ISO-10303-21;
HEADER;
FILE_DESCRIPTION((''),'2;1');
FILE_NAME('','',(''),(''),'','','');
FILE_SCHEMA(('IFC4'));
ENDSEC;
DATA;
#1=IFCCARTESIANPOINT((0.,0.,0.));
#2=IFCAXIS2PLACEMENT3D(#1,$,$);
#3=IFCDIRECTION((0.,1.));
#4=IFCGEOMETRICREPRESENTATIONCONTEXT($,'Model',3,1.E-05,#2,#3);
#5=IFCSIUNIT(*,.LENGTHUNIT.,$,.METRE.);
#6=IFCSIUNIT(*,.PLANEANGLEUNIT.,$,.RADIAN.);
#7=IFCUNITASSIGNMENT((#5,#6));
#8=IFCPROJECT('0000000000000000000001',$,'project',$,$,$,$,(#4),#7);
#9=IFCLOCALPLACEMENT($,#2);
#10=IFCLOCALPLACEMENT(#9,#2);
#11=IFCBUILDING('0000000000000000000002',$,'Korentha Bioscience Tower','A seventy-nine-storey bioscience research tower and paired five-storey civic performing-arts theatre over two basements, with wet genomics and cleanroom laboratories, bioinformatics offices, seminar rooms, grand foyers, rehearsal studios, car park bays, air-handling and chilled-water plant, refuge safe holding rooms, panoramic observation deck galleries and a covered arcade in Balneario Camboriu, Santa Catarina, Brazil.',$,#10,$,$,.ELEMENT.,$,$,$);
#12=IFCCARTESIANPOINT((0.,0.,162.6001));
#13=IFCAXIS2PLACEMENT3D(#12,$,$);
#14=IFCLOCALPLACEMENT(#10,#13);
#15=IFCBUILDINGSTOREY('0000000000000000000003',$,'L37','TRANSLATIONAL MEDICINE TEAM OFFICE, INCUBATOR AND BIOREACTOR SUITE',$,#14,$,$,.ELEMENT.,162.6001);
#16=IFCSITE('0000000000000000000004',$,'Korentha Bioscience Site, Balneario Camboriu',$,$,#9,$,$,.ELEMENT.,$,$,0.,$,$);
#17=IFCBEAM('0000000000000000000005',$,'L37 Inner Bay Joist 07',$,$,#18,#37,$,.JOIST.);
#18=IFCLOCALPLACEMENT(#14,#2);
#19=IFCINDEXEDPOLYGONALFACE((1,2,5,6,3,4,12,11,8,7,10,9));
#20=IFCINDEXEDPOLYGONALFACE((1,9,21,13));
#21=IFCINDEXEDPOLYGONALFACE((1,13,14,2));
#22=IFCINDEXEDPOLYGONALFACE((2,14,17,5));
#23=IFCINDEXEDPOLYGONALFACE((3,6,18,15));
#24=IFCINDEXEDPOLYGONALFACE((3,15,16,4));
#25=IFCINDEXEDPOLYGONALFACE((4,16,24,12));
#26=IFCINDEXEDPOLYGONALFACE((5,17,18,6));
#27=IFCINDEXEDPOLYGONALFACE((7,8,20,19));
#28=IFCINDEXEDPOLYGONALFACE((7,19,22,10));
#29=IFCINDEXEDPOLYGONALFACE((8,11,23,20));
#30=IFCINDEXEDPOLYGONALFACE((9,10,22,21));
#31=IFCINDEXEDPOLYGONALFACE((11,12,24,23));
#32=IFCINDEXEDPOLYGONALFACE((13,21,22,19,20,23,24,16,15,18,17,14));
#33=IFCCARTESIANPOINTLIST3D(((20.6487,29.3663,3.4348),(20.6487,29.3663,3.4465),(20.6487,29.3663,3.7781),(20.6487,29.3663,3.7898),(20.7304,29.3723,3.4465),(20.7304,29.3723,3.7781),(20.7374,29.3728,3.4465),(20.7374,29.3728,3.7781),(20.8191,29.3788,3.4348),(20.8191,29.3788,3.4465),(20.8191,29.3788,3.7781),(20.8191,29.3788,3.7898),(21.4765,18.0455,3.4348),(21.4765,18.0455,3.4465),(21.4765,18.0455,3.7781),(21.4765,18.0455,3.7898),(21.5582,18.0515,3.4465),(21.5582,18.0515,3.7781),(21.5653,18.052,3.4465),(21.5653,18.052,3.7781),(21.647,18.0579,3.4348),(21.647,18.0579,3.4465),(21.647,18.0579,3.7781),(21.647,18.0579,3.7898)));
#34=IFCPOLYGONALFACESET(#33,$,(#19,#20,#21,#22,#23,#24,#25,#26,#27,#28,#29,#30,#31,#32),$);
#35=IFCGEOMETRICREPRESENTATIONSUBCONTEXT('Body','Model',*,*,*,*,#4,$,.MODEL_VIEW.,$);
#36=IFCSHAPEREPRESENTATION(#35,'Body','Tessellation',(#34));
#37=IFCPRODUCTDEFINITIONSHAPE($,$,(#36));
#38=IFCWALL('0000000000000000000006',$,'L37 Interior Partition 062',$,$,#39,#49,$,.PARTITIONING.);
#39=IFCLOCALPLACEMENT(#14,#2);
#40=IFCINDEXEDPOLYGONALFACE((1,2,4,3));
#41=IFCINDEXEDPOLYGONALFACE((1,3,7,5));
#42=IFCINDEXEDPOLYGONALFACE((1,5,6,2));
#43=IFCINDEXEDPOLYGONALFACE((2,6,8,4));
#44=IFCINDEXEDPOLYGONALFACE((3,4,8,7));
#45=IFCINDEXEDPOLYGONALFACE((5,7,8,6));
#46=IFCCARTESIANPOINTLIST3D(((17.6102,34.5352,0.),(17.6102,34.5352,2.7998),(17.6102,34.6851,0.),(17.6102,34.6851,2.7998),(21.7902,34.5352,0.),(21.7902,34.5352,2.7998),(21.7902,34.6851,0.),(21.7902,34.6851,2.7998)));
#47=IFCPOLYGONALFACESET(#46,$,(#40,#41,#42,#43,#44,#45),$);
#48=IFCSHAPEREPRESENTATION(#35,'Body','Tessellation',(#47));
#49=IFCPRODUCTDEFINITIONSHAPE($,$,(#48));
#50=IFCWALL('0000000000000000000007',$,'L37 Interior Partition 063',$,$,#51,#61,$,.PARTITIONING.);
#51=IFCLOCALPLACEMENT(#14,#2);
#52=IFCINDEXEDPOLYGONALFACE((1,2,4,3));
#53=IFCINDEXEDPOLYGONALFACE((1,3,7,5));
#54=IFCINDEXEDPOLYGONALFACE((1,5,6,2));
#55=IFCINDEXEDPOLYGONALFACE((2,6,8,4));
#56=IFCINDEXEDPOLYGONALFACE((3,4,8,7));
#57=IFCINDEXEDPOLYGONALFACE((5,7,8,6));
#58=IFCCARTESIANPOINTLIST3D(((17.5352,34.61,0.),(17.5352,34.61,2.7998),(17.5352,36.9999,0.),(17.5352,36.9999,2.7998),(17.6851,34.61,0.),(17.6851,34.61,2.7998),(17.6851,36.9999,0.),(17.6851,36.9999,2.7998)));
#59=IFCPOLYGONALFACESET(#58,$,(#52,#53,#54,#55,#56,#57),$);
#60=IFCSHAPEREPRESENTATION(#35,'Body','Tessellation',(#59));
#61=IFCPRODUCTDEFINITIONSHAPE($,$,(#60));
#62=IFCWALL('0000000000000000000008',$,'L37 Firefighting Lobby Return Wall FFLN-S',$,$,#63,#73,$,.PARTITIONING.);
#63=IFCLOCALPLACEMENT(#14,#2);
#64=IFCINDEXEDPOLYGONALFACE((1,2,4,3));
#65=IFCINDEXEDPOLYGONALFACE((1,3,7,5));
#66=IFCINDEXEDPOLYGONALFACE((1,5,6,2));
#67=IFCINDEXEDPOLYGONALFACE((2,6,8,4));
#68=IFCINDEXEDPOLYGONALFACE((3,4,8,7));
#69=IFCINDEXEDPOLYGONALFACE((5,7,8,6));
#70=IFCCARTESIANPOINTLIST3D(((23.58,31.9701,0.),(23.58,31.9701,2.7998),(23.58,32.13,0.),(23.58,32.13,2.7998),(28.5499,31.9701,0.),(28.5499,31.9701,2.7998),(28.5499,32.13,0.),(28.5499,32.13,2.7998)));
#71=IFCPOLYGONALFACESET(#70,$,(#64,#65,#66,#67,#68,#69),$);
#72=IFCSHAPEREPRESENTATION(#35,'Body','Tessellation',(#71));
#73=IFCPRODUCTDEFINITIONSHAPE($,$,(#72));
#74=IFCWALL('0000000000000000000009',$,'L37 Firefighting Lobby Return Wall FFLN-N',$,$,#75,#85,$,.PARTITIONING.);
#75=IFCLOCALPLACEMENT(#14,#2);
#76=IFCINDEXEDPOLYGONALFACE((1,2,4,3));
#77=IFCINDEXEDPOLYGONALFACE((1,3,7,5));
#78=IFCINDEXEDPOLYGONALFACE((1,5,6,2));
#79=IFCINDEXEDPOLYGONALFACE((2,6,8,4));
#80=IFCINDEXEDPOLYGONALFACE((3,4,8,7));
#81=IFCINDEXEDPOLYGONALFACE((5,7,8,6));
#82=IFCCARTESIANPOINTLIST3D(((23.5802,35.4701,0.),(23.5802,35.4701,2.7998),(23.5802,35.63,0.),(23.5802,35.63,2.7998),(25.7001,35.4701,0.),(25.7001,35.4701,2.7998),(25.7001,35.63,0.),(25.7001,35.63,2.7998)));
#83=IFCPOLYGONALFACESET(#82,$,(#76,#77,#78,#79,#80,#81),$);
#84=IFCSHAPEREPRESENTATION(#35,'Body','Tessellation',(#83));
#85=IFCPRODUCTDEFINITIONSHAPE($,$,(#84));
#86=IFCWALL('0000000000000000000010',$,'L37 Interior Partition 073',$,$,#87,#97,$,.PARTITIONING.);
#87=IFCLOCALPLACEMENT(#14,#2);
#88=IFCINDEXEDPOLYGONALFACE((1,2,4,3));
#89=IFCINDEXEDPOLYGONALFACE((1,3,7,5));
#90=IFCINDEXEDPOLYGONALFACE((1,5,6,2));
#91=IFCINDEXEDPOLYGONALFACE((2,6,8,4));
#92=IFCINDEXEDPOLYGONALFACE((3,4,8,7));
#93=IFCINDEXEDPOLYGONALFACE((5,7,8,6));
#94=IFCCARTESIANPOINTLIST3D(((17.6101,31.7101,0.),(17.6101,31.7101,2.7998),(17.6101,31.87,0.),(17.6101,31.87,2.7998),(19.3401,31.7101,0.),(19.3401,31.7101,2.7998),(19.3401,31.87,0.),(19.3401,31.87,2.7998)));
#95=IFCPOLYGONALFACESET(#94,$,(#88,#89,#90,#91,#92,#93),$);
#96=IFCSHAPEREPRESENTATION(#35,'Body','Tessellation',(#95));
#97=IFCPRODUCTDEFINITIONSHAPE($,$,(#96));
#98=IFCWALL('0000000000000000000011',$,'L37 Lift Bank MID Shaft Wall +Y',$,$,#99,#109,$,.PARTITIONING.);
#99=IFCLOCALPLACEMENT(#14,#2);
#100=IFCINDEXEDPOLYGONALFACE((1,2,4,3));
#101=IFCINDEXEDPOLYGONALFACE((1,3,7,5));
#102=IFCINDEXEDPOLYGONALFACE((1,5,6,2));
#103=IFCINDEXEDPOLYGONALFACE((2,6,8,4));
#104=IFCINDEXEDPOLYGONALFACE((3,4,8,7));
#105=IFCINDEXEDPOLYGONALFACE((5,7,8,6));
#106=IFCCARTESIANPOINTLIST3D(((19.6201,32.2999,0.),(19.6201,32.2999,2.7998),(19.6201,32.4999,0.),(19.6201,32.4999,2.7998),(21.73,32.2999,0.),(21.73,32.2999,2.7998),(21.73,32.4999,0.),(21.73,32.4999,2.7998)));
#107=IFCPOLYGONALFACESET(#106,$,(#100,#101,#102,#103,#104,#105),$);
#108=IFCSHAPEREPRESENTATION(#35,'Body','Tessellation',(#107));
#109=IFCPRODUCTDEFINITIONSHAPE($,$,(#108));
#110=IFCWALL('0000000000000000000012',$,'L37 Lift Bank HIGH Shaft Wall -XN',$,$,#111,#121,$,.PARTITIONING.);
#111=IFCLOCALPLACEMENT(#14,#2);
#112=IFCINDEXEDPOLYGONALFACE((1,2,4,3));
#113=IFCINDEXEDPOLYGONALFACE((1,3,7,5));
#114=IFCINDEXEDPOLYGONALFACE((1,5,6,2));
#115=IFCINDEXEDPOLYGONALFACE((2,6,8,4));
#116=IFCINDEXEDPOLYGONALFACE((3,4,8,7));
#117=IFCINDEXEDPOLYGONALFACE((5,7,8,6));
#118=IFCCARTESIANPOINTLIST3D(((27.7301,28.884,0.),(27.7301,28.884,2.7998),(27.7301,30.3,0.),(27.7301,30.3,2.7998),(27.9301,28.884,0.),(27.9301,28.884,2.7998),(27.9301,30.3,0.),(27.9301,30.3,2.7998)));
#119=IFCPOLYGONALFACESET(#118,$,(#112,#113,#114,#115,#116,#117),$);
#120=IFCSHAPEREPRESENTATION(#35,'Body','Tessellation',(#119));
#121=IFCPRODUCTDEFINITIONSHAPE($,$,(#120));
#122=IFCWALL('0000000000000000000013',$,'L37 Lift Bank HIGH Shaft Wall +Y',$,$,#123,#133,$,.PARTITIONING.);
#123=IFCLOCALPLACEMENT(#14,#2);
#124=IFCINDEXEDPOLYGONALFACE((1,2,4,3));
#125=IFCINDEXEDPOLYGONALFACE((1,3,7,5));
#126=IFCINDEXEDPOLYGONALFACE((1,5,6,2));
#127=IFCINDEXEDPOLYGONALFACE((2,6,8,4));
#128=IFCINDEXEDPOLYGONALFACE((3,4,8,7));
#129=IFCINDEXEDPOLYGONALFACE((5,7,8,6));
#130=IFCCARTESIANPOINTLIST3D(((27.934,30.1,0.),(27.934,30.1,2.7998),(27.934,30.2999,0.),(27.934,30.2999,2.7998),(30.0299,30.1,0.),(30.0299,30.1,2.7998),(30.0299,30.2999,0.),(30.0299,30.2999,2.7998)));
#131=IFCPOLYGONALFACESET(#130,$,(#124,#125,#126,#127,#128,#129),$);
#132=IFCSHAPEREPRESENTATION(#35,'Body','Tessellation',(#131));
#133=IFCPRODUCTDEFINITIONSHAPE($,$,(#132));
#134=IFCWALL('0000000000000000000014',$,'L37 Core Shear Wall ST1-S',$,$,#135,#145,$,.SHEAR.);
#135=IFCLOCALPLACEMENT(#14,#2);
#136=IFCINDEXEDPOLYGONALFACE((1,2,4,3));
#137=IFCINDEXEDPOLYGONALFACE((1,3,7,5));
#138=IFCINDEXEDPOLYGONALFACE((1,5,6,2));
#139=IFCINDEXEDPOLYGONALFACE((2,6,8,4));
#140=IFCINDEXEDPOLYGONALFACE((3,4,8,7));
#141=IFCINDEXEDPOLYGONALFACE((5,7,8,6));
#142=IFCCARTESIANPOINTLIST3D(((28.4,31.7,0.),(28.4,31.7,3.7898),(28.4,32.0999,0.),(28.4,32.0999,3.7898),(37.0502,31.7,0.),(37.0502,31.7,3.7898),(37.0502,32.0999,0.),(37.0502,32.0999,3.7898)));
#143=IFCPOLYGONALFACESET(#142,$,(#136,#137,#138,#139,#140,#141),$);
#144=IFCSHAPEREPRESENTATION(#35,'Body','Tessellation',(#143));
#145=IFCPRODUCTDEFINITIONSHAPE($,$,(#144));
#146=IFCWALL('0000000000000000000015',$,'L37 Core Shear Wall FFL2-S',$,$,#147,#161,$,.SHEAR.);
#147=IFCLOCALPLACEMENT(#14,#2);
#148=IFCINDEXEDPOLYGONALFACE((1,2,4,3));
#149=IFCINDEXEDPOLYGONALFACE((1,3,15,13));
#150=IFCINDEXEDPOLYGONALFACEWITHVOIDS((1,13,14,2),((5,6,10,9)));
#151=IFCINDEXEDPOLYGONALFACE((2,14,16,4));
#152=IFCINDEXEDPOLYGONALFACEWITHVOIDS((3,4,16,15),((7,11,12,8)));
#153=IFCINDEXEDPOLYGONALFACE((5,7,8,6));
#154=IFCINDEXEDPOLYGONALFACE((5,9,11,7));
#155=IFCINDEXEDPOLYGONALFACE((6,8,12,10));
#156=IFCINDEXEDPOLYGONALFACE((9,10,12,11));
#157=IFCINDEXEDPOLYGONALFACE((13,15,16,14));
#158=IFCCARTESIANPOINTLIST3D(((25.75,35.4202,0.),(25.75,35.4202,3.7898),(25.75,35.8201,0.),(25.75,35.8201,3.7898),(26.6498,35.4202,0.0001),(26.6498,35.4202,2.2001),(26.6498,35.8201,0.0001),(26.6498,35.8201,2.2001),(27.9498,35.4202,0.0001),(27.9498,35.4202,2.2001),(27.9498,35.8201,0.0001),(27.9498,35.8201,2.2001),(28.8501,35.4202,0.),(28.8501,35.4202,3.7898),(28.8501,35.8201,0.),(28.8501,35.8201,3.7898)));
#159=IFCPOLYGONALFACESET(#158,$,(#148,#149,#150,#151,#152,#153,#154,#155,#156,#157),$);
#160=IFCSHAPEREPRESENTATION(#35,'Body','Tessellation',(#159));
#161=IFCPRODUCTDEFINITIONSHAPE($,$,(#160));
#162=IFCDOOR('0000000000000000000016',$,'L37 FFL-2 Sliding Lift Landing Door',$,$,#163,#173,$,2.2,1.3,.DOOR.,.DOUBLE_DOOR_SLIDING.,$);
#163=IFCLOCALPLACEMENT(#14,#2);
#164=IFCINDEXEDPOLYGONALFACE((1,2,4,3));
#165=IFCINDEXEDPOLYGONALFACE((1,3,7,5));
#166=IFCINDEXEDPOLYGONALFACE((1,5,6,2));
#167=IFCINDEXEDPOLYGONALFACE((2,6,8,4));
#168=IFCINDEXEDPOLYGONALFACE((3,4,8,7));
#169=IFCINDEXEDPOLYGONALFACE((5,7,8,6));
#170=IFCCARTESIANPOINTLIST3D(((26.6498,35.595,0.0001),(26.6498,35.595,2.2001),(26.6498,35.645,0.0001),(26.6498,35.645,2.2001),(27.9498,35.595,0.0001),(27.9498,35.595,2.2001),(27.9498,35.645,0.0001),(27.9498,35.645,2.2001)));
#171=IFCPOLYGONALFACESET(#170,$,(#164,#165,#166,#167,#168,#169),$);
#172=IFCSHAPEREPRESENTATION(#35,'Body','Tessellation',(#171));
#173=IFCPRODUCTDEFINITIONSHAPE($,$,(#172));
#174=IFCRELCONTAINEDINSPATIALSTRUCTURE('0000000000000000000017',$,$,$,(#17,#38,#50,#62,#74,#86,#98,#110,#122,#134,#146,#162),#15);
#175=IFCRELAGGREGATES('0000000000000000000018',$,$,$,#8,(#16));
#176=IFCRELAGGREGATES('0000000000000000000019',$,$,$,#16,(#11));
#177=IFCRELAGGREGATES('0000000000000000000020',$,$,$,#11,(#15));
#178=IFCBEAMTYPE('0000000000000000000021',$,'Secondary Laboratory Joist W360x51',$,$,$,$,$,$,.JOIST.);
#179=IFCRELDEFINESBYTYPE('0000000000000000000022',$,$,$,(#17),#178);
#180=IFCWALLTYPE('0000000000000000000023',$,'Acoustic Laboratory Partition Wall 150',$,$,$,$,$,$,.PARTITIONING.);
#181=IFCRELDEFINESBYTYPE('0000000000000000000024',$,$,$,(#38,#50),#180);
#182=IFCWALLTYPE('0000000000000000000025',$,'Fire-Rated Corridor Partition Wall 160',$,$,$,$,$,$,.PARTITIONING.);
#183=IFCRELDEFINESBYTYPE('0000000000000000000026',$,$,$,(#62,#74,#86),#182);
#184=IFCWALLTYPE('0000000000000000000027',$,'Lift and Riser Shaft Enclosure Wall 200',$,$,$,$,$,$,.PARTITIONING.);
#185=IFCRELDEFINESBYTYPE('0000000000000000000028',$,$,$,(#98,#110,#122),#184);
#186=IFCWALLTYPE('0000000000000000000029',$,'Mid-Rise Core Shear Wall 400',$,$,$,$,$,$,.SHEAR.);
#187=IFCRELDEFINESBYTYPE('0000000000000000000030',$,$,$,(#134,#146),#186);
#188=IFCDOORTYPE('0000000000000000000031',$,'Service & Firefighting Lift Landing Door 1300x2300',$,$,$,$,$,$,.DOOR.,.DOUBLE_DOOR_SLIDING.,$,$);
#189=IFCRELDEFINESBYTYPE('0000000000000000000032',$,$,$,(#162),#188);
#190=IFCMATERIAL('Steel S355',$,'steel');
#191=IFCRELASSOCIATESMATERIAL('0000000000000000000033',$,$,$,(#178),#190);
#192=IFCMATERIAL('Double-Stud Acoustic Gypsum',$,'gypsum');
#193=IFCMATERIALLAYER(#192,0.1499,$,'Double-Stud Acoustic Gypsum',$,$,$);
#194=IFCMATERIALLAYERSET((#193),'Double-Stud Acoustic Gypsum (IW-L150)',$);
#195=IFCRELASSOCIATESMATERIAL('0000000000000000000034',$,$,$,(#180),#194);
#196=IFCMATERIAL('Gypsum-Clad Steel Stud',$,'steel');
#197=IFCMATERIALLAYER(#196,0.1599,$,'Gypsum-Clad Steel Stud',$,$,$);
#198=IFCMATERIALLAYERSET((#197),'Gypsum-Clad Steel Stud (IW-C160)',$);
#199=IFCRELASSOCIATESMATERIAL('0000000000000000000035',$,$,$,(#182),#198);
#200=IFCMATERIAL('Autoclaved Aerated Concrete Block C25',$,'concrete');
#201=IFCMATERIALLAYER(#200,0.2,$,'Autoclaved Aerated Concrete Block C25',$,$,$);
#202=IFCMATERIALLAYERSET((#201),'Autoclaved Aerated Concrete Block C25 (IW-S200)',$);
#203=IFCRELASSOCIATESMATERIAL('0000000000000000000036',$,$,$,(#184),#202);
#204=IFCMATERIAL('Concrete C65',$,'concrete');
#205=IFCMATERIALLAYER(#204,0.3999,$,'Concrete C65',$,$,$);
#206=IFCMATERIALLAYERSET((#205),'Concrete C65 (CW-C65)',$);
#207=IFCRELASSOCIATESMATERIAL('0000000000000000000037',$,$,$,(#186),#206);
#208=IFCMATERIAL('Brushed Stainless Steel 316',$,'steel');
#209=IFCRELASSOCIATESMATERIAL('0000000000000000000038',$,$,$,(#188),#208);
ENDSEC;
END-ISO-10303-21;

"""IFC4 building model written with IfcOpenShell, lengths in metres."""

from ifc_helpers import new_model, si_unit, direction, frame, frame_2d, origin, origin_2d, place, context, subcontext, project, spatial, rectangle, i_section, extrude, material, layer, layer_set, material_profile, profile_set, type_object, element, fill, save


model = new_model("IFC4")

# Units and contexts
model_context = context("Model", 3, precision=1e-05, world=origin(), true_north=direction((0.0, 1.0)))
body_context = subcontext(model_context, "Body", "Model", "MODEL_VIEW")
ifc_project = project(units=[si_unit("LENGTHUNIT", "METRE"), si_unit("PLANEANGLEUNIT", "RADIAN")], contexts=[model_context])

# Site, building, storey
site_placement = place(None, origin())
site = spatial("IfcSite", under=ifc_project, at=site_placement, Name="Korentha Bioscience Site, Balneario Camboriu", CompositionType="ELEMENT", RefElevation=0.0)
building_placement = place(site_placement, origin())
building = spatial("IfcBuilding", under=site, at=building_placement, Name="Korentha Bioscience Tower", Description="A seventy-nine-storey bioscience research tower and paired five-storey civic performing-arts theatre over two basements, with wet genomics and cleanroom laboratories, bioinformatics offices, seminar rooms, grand foyers, rehearsal studios, car park bays, air-handling and chilled-water plant, refuge safe holding rooms, panoramic observation deck galleries and a covered arcade in Balneario Camboriu, Santa Catarina, Brazil.", CompositionType="ELEMENT")
storey_placement = place(building_placement, frame((0.0, 0.0, 162.6001)))
storey = spatial("IfcBuildingStorey", under=building, at=storey_placement, Name="L37", Description="TRANSLATIONAL MEDICINE TEAM OFFICE, INCUBATOR AND BIOREACTOR SUITE", CompositionType="ELEMENT", Elevation=162.6001)

# Shared definitions
ifc_material_1 = material(Name="Concrete C65", Category="concrete")

# Beam
ifc_material_2 = material(Name="Steel S355", Category="steel")
ifc_material_profile_1 = material_profile(ifc_material_2, i_section(OverallWidth=0.1709, OverallDepth=0.355, WebThickness=0.0071, FlangeThickness=0.0117, at=origin_2d()), Name="Steel S355")
ifc_profile_set_1 = profile_set([ifc_material_profile_1], Name="Steel S355 (JB-360)")
beam_type_1 = type_object("IfcBeamType", Name="Secondary Laboratory Joist W360x51", PredefinedType="JOIST", material=ifc_profile_set_1)
beam_1_placement = place(storey_placement, frame((20.7339, 29.3726, 3.6123), z_axis=(0.072934, -0.997337, 0.0), x_axis=(0.997337, 0.072934, 0.0)))
element("IfcBeam", 1, at=beam_1_placement, inside=storey, type_object=beam_type_1, Name="L37 Inner Bay Joist 07", PredefinedType="JOIST", context=body_context, shape_type="SweptSolid", body=[
    extrude(i_section(OverallWidth=0.1709, OverallDepth=0.355, WebThickness=0.0071, FlangeThickness=0.0117, at=origin_2d()), origin(), (0.0, 0.0, 1.0), 11.3511),
])

# Walls
ifc_material_3 = material(Name="Double-Stud Acoustic Gypsum", Category="gypsum")
ifc_layer_1 = layer(ifc_material_3, 0.1499, Name="Double-Stud Acoustic Gypsum")
ifc_layer_set_1 = layer_set([ifc_layer_1], Name="Double-Stud Acoustic Gypsum (IW-L150)")
wall_type_1 = type_object("IfcWallType", Name="Acoustic Laboratory Partition Wall 150", PredefinedType="PARTITIONING", material=ifc_layer_set_1)
wall_1_placement = place(storey_placement, frame((21.79, 34.6101, 0.0), z_axis=(0.0, 0.0, 1.0), x_axis=(-1.0, 0.0, 0.0)))
element("IfcWall", 2, at=wall_1_placement, inside=storey, type_object=wall_type_1, Name="L37 Interior Partition 062", PredefinedType="PARTITIONING", context=body_context, shape_type="SweptSolid", body=[
    extrude(rectangle(XDim=4.1799, YDim=0.1499, at=frame_2d((2.0898, 0.0))), origin(), (0.0, 0.0, 1.0), 2.7998),
])
wall_2_placement = place(storey_placement, frame((17.6101, 34.6101, 0.0), z_axis=(0.0, 0.0, 1.0), x_axis=(0.0, 1.0, 0.0)))
element("IfcWall", 3, at=wall_2_placement, inside=storey, type_object=wall_type_1, Name="L37 Interior Partition 063", PredefinedType="PARTITIONING", context=body_context, shape_type="SweptSolid", body=[
    extrude(rectangle(XDim=2.3899, YDim=0.1499, at=frame_2d((1.1948, 0.0))), origin(), (0.0, 0.0, 1.0), 2.7998),
])

# Shared definitions
ifc_material_4 = material(Name="Gypsum-Clad Steel Stud", Category="steel")
ifc_layer_2 = layer(ifc_material_4, 0.1599, Name="Gypsum-Clad Steel Stud")
ifc_layer_set_2 = layer_set([ifc_layer_2], Name="Gypsum-Clad Steel Stud (IW-C160)")
wall_type_2 = type_object("IfcWallType", Name="Fire-Rated Corridor Partition Wall 160", PredefinedType="PARTITIONING", material=ifc_layer_set_2)

# Walls
wall_3_placement = place(storey_placement, frame((23.5801, 32.05, 0.0), z_axis=(0.0, 0.0, 1.0), x_axis=(1.0, 0.0, 0.0)))
element("IfcWall", 4, at=wall_3_placement, inside=storey, type_object=wall_type_2, Name="L37 Firefighting Lobby Return Wall FFLN-S", PredefinedType="PARTITIONING", context=body_context, shape_type="SweptSolid", body=[
    extrude(rectangle(XDim=4.97, YDim=0.1599, at=frame_2d((2.4849, 0.0))), origin(), (0.0, 0.0, 1.0), 2.7998),
])
wall_4_placement = place(storey_placement, frame((23.5801, 35.55, 0.0), z_axis=(0.0, 0.0, 1.0), x_axis=(1.0, 0.0, 0.0)))
element("IfcWall", 5, at=wall_4_placement, inside=storey, type_object=wall_type_2, Name="L37 Firefighting Lobby Return Wall FFLN-N", PredefinedType="PARTITIONING", context=body_context, shape_type="SweptSolid", body=[
    extrude(rectangle(XDim=2.1199, YDim=0.1599, at=frame_2d((1.0601, 0.0))), origin(), (0.0, 0.0, 1.0), 2.7998),
])
wall_5_placement = place(storey_placement, frame((17.6101, 31.79, 0.0), z_axis=(0.0, 0.0, 1.0), x_axis=(1.0, 0.0, 0.0)))
element("IfcWall", 6, at=wall_5_placement, inside=storey, type_object=wall_type_2, Name="L37 Interior Partition 073", PredefinedType="PARTITIONING", context=body_context, shape_type="SweptSolid", body=[
    extrude(rectangle(XDim=1.73, YDim=0.1599, at=frame_2d((0.865, 0.0))), origin(), (0.0, 0.0, 1.0), 2.7998),
])
ifc_material_5 = material(Name="Autoclaved Aerated Concrete Block C25", Category="concrete")
ifc_layer_3 = layer(ifc_material_5, 0.2, Name="Autoclaved Aerated Concrete Block C25")
ifc_layer_set_3 = layer_set([ifc_layer_3], Name="Autoclaved Aerated Concrete Block C25 (IW-S200)")
wall_type_3 = type_object("IfcWallType", Name="Lift and Riser Shaft Enclosure Wall 200", PredefinedType="PARTITIONING", material=ifc_layer_set_3)
wall_6_placement = place(storey_placement, frame((19.6201, 32.3999, 0.0), z_axis=(0.0, 0.0, 1.0), x_axis=(1.0, 0.0, 0.0)))
element("IfcWall", 7, at=wall_6_placement, inside=storey, type_object=wall_type_3, Name="L37 Lift Bank MID Shaft Wall +Y", PredefinedType="PARTITIONING", context=body_context, shape_type="SweptSolid", body=[
    extrude(rectangle(XDim=2.1099, YDim=0.2, at=frame_2d((1.0549, 0.0))), origin(), (0.0, 0.0, 1.0), 2.7998),
])
wall_7_placement = place(storey_placement, frame((27.8301, 28.884, 0.0), z_axis=(0.0, 0.0, 1.0), x_axis=(0.0, 1.0, 0.0)))
element("IfcWall", 8, at=wall_7_placement, inside=storey, type_object=wall_type_3, Name="L37 Lift Bank HIGH Shaft Wall -XN", PredefinedType="PARTITIONING", context=body_context, shape_type="SweptSolid", body=[
    extrude(rectangle(XDim=1.416, YDim=0.2, at=frame_2d((0.708, 0.0))), origin(), (0.0, 0.0, 1.0), 2.7998),
])
wall_8_placement = place(storey_placement, frame((27.9341, 30.2, 0.0), z_axis=(0.0, 0.0, 1.0), x_axis=(1.0, 0.0, 0.0)))
element("IfcWall", 9, at=wall_8_placement, inside=storey, type_object=wall_type_3, Name="L37 Lift Bank HIGH Shaft Wall +Y", PredefinedType="PARTITIONING", context=body_context, shape_type="SweptSolid", body=[
    extrude(rectangle(XDim=2.0959, YDim=0.2, at=frame_2d((1.0479, 0.0))), origin(), (0.0, 0.0, 1.0), 2.7998),
])
ifc_layer_4 = layer(ifc_material_1, 0.3999, Name="Concrete C65")
ifc_layer_set_4 = layer_set([ifc_layer_4], Name="Concrete C65 (CW-C65)")
wall_type_4 = type_object("IfcWallType", Name="Mid-Rise Core Shear Wall 400", PredefinedType="SHEAR", material=ifc_layer_set_4)
wall_9_placement = place(storey_placement, frame((28.3999, 31.8999, 0.0), z_axis=(0.0, 0.0, 1.0), x_axis=(1.0, 0.0, 0.0)))
element("IfcWall", 10, at=wall_9_placement, inside=storey, type_object=wall_type_4, Name="L37 Core Shear Wall ST1-S", PredefinedType="SHEAR", context=body_context, shape_type="SweptSolid", body=[
    extrude(rectangle(XDim=8.6501, YDim=0.3999, at=frame_2d((4.3252, 0.0))), origin(), (0.0, 0.0, 1.0), 3.7898),
])

# Wall, opening, door
wall_10_placement = place(storey_placement, frame((25.75, 35.6201, 0.0), z_axis=(0.0, 0.0, 1.0), x_axis=(1.0, 0.0, 0.0)))
wall_10 = element("IfcWall", 11, at=wall_10_placement, inside=storey, type_object=wall_type_4, Name="L37 Core Shear Wall FFL2-S", PredefinedType="SHEAR", context=body_context, shape_type="SweptSolid", body=[
    extrude(rectangle(XDim=3.1001, YDim=0.3999, at=frame_2d((1.55, 0.0))), origin(), (0.0, 0.0, 1.0), 3.7898),
])
opening_1_placement = place(wall_10_placement, frame((0.8999, 0.0, 0.0)))
opening_1 = element("IfcOpeningElement", 12, at=opening_1_placement, cuts=wall_10, PredefinedType="OPENING", context=body_context, shape_type="SweptSolid", body=[
    extrude(rectangle(XDim=1.3, YDim=2.2, at=frame_2d((0.6499, 1.1001))), frame((0.0, 0.2148, 0.0), z_axis=(0.0, -1.0, 0.0), x_axis=(1.0, 0.0, 0.0)), (0.0, 0.0, 1.0), 0.4297),
])
ifc_material_6 = material(Name="Brushed Stainless Steel 316", Category="steel")
door_type_1 = type_object("IfcDoorType", Name="Service & Firefighting Lift Landing Door 1300x2300", OperationType="DOUBLE_DOOR_SLIDING", PredefinedType="DOOR", material=ifc_material_6)
door_1_placement = place(opening_1_placement, origin())
door_1 = element("IfcDoor", 13, at=door_1_placement, inside=storey, type_object=door_type_1, Name="L37 FFL-2 Sliding Lift Landing Door", OperationType="DOUBLE_DOOR_SLIDING", OverallHeight=2.2, OverallWidth=1.3, PredefinedType="DOOR", context=body_context, shape_type="SweptSolid", body=[
    extrude(rectangle(XDim=1.3, YDim=2.2, at=frame_2d((0.6499, 1.1001))), frame((0.0, 0.0249, 0.0), z_axis=(0.0, -1.0, 0.0), x_axis=(1.0, 0.0, 0.0)), (0.0, 0.0, 1.0), 0.05),
])
fill(opening_1, door_1)

save(model, "model.ifc")
